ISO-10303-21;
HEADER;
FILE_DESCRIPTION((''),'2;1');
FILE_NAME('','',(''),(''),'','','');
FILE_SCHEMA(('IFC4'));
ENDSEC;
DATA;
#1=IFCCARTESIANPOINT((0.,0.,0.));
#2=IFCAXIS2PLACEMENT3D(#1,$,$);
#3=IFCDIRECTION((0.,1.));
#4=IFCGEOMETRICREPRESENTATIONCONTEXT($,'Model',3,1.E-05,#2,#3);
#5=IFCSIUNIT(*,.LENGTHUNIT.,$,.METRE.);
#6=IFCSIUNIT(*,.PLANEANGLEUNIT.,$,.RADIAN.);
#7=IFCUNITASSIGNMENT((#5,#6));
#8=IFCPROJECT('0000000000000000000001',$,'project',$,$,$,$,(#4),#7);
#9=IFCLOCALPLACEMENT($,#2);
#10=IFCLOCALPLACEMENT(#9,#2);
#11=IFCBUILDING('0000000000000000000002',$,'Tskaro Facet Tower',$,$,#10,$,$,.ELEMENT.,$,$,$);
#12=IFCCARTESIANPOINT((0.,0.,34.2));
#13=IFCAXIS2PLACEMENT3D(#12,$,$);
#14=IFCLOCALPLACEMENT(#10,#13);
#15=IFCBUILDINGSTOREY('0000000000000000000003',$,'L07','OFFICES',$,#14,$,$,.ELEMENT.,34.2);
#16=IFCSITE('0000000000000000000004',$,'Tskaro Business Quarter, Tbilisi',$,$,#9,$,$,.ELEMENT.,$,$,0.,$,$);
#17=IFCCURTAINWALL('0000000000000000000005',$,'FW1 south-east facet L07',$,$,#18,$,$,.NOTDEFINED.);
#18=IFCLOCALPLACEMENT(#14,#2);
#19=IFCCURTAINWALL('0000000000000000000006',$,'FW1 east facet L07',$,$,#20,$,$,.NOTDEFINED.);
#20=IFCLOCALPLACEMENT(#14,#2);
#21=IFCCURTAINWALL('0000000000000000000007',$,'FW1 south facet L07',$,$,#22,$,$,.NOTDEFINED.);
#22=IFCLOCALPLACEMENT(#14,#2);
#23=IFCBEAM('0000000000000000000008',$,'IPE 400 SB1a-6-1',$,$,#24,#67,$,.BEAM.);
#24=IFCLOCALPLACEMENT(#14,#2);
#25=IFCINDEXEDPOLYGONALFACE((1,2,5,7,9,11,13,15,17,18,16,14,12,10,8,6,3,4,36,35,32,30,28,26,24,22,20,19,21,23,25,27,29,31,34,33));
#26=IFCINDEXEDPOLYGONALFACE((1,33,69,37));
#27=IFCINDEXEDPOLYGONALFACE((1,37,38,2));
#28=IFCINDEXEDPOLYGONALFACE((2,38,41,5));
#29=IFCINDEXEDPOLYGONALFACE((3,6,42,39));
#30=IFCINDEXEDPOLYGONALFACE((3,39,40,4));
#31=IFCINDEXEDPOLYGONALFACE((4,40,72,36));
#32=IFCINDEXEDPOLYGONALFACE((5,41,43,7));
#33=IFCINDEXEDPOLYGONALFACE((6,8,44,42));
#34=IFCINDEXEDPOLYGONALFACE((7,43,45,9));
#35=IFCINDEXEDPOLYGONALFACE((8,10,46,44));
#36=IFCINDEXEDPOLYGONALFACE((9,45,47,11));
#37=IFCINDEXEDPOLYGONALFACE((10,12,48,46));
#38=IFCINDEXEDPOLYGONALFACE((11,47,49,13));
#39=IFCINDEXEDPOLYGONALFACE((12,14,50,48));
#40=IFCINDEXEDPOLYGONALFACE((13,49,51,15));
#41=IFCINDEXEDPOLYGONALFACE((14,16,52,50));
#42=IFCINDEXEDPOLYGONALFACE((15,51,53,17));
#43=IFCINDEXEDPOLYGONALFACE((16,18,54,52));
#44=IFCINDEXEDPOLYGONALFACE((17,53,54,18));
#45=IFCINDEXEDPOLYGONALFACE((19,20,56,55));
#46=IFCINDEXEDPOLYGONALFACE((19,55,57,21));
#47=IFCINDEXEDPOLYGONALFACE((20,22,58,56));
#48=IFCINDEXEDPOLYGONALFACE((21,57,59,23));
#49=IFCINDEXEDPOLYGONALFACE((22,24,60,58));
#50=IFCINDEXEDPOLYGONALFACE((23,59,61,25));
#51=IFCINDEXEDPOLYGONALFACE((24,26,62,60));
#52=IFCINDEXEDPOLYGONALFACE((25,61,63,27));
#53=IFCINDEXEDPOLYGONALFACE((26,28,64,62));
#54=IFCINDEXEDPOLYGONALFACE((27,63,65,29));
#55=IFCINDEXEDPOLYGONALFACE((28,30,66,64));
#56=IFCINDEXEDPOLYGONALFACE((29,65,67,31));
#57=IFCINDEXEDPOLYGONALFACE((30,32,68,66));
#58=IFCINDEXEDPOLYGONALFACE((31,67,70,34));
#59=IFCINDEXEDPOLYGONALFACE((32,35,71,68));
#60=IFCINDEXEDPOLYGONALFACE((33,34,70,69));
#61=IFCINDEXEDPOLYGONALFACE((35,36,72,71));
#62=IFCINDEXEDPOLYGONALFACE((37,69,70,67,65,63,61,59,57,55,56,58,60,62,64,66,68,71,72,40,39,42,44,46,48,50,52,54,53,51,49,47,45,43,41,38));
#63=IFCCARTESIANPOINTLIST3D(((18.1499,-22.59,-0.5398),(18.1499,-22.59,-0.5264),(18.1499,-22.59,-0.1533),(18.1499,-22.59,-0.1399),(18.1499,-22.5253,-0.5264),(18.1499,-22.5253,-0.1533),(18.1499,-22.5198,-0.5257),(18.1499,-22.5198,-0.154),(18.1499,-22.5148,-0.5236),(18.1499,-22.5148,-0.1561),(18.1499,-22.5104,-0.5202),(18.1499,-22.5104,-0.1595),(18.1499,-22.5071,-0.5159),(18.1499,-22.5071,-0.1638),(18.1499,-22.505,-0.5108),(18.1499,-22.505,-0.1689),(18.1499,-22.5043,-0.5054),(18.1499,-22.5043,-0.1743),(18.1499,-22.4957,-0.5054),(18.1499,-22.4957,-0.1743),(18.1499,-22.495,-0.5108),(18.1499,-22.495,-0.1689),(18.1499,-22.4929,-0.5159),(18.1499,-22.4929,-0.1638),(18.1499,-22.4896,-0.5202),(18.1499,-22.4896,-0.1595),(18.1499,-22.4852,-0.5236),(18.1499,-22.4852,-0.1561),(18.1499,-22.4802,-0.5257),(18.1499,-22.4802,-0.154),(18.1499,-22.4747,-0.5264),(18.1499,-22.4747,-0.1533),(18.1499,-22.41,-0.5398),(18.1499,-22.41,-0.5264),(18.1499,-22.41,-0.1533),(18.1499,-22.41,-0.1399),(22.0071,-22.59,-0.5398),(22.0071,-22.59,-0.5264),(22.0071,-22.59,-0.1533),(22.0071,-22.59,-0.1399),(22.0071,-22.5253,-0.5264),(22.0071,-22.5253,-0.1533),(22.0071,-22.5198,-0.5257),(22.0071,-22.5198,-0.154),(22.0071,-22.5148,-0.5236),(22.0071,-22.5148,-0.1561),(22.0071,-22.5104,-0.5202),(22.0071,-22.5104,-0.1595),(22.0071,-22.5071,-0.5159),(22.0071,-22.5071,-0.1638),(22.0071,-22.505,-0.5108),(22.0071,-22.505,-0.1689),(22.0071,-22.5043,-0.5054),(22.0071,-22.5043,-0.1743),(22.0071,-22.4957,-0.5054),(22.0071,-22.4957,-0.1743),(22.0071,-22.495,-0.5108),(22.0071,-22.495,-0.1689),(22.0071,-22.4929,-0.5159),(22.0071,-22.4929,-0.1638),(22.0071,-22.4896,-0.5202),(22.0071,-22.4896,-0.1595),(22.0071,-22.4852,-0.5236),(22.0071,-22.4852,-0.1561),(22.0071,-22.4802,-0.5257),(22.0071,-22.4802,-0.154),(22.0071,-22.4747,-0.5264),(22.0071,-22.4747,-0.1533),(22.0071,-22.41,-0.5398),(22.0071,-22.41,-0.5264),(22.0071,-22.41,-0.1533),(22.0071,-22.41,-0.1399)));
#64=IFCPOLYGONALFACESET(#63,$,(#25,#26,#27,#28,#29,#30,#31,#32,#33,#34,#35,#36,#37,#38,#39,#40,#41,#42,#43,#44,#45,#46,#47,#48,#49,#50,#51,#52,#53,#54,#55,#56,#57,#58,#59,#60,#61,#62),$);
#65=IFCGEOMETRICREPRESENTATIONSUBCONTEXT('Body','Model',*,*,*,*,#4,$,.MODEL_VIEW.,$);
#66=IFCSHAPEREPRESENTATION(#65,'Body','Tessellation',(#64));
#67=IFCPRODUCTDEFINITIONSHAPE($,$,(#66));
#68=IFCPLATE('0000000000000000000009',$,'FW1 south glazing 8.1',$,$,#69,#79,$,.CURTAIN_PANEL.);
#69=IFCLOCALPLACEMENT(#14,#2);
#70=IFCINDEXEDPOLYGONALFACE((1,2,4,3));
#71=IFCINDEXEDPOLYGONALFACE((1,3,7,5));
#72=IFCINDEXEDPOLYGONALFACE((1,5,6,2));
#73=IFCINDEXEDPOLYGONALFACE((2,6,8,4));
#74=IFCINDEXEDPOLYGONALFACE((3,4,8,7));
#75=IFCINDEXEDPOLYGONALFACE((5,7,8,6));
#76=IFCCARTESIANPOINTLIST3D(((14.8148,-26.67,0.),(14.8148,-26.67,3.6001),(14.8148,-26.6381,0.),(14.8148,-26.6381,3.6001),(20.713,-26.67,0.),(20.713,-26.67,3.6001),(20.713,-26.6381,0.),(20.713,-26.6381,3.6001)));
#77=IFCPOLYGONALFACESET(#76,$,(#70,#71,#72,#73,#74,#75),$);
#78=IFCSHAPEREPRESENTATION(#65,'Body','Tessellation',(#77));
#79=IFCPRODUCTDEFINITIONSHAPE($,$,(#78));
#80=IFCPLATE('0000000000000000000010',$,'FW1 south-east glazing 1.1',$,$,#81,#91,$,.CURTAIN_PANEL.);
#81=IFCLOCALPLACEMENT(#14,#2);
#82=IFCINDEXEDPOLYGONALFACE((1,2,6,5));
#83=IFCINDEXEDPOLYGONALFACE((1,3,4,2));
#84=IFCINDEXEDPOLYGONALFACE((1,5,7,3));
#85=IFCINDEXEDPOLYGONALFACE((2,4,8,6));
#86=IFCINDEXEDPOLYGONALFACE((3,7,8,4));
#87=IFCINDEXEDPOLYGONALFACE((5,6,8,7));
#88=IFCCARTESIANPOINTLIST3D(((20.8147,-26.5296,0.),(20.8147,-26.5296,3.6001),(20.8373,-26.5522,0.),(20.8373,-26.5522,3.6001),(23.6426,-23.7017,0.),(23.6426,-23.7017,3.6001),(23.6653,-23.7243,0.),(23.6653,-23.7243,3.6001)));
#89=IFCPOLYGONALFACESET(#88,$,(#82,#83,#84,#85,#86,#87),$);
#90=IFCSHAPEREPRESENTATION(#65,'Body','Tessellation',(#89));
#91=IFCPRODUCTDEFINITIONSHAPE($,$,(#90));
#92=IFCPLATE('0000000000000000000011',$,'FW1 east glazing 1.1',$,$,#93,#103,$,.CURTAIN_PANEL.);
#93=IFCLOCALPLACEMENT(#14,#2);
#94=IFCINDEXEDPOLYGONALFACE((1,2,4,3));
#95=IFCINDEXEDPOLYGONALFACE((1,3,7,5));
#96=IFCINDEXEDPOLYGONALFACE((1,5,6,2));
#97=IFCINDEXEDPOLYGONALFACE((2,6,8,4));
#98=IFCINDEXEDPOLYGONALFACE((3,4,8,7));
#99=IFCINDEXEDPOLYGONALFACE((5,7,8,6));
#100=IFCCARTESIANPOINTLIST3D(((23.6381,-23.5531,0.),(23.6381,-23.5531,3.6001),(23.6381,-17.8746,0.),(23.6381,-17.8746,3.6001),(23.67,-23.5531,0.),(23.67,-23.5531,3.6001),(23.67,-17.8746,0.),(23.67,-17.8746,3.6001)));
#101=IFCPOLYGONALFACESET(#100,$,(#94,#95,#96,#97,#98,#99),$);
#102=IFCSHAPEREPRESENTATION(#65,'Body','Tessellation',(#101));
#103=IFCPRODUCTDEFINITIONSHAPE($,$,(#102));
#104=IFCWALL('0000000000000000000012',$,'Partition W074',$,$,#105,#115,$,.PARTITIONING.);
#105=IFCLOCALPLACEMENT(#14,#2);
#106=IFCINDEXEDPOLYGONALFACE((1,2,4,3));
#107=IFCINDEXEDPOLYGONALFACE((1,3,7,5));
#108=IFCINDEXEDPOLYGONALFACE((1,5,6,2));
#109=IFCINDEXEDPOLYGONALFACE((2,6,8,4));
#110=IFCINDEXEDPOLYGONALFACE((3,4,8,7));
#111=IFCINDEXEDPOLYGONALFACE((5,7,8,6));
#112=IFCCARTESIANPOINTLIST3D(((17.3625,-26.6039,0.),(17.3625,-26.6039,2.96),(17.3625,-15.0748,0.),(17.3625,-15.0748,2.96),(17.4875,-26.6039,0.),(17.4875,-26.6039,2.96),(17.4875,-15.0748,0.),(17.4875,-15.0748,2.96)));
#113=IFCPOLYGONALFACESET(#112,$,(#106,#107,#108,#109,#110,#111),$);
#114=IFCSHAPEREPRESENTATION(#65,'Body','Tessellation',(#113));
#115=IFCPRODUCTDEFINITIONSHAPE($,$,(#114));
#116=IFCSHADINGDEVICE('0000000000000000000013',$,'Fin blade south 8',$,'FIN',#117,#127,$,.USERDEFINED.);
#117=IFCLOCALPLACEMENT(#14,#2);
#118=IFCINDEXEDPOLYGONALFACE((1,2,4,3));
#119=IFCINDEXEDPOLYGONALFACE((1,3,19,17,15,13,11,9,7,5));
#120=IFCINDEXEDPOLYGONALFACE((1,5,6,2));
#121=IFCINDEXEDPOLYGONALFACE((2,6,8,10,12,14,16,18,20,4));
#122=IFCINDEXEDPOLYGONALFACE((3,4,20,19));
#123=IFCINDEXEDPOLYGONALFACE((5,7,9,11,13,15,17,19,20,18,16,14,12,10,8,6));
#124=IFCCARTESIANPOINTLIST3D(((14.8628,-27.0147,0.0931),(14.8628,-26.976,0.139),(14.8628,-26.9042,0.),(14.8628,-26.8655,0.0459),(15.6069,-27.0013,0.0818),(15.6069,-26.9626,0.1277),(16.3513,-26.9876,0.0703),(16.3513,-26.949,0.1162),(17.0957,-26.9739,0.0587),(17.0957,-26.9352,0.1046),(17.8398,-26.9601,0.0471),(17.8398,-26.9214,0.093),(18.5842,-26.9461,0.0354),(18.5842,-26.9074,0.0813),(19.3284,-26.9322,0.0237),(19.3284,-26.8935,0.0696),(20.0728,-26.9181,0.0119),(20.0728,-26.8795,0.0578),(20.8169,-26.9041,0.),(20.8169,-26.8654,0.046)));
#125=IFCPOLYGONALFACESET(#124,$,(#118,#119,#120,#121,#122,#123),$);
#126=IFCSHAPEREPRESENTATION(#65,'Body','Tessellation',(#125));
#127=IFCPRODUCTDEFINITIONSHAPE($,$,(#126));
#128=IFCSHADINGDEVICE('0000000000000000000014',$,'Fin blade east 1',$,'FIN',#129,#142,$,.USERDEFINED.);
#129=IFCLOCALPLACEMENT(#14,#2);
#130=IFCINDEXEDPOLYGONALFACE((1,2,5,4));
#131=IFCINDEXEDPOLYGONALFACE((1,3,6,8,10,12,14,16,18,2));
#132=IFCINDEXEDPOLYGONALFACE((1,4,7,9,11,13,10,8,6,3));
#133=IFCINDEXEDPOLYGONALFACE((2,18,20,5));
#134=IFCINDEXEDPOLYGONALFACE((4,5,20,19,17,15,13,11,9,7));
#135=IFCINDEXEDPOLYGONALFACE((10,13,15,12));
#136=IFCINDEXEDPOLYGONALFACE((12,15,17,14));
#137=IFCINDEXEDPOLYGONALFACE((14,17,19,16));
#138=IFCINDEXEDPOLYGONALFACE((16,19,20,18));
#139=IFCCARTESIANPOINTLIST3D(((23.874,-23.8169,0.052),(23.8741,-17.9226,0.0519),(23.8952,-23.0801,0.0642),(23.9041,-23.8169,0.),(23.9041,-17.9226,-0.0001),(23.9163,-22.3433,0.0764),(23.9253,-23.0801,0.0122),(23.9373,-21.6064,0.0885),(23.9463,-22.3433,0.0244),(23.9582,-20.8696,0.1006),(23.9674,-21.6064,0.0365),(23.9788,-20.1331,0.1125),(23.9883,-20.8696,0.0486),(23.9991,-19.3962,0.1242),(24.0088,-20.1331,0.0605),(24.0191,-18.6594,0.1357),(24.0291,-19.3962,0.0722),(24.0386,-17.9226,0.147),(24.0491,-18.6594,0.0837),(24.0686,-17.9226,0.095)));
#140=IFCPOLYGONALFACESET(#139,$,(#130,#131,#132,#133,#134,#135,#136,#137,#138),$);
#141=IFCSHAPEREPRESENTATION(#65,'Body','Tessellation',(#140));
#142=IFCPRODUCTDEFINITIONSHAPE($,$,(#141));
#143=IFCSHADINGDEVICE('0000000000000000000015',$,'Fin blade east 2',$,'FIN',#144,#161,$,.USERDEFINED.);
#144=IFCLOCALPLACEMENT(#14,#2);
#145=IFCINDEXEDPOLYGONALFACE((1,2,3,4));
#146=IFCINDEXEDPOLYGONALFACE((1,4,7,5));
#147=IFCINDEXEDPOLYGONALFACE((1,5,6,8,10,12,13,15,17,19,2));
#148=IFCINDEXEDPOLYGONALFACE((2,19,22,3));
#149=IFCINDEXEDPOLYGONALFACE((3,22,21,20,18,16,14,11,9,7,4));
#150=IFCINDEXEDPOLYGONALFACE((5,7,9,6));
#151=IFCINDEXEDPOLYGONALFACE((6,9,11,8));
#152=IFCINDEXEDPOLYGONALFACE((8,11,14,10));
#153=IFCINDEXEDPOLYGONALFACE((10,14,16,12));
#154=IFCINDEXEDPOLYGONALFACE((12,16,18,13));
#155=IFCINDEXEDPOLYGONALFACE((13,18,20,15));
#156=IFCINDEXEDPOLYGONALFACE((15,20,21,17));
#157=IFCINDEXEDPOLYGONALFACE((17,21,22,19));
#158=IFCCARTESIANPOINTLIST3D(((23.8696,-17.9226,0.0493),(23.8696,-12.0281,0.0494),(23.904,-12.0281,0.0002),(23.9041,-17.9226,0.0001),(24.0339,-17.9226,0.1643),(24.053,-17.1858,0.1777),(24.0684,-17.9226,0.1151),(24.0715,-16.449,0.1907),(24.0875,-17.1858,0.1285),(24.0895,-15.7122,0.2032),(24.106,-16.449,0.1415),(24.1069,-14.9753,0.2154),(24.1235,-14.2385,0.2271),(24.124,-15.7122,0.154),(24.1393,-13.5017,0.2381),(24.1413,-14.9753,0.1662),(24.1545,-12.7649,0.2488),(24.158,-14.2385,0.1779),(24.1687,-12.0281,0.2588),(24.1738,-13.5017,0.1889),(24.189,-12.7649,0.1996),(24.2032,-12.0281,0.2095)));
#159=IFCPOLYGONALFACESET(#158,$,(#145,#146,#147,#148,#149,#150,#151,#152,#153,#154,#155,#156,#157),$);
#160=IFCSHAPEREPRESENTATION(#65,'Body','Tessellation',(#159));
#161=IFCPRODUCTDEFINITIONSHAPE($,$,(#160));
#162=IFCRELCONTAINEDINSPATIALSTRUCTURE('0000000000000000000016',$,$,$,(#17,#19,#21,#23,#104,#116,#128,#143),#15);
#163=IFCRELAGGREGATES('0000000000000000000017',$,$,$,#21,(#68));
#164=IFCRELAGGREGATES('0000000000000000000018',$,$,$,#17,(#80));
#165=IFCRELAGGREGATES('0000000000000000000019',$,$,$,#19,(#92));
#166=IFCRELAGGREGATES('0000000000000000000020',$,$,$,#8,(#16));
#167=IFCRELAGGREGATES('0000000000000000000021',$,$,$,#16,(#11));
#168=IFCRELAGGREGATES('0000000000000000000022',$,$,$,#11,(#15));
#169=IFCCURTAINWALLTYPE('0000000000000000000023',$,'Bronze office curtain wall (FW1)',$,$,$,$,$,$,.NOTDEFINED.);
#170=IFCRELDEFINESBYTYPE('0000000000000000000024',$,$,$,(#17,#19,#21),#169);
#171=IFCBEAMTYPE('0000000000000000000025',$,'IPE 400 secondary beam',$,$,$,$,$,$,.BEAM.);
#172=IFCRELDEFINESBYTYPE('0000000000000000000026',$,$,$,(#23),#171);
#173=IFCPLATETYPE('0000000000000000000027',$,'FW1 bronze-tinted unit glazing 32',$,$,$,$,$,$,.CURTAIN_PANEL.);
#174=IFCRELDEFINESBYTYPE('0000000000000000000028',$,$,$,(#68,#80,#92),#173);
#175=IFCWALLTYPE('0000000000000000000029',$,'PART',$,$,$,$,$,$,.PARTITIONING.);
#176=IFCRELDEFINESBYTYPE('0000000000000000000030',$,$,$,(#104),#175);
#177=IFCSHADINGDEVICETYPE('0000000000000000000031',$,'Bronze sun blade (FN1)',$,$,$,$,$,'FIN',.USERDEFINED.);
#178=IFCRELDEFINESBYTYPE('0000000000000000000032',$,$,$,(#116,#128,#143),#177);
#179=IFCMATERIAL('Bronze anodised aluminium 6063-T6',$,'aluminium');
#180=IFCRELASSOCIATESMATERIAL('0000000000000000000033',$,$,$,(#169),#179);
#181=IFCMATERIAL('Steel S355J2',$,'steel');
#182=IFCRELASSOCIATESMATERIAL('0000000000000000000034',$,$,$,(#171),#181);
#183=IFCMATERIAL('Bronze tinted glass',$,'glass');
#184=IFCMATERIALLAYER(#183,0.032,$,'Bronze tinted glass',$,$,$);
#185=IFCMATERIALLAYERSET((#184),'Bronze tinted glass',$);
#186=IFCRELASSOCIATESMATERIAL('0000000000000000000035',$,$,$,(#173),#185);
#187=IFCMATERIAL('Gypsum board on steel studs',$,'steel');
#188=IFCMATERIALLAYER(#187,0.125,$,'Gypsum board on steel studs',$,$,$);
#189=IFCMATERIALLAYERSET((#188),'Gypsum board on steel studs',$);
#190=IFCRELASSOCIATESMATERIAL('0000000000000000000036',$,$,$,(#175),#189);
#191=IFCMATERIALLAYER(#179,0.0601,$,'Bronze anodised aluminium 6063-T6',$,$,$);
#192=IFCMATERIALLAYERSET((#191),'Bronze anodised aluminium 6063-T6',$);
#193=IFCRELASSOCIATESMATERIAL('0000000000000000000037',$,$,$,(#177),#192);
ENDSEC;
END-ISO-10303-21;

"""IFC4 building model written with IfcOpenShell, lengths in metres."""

from ifc_helpers import new_model, si_unit, direction, frame, frame_2d, origin, origin_2d, place, context, subcontext, project, spatial, polyline, rectangle, i_section, outline, extrude, material, layer, layer_set, material_profile, profile_set, type_object, element, aggregate, save


model = new_model("IFC4")

# Units and contexts
model_context = context("Model", 3, precision=1e-05, world=origin(), true_north=direction((0.0, 1.0)))
body_context = subcontext(model_context, "Body", "Model", "MODEL_VIEW")
ifc_project = project(units=[si_unit("LENGTHUNIT", "METRE"), si_unit("PLANEANGLEUNIT", "RADIAN")], contexts=[model_context])

# Site, building, storey
site_placement = place(None, origin())
site = spatial("IfcSite", under=ifc_project, at=site_placement, Name="Tskaro Business Quarter, Tbilisi", CompositionType="ELEMENT", RefElevation=0.0)
building_placement = place(site_placement, origin())
building = spatial("IfcBuilding", under=site, at=building_placement, Name="Tskaro Facet Tower", CompositionType="ELEMENT")
storey_placement = place(building_placement, frame((0.0, 0.0, 34.2)))
storey = spatial("IfcBuildingStorey", under=building, at=storey_placement, Name="L07", Description="OFFICES", CompositionType="ELEMENT", Elevation=34.2)

# Curtain walls
ifc_material_1 = material(Name="Bronze anodised aluminium 6063-T6", Category="aluminium")
curtain_wall_type = type_object("IfcCurtainWallType", Name="Bronze office curtain wall (FW1)", PredefinedType="NOTDEFINED", material=ifc_material_1)
curtain_wall_1_placement = place(storey_placement, origin())
curtain_wall_1 = element("IfcCurtainWall", 1, at=curtain_wall_1_placement, inside=storey, type_object=curtain_wall_type, Name="FW1 south-east facet L07", PredefinedType="NOTDEFINED")
curtain_wall_2_placement = place(storey_placement, origin())
curtain_wall_2 = element("IfcCurtainWall", 2, at=curtain_wall_2_placement, inside=storey, type_object=curtain_wall_type, Name="FW1 east facet L07", PredefinedType="NOTDEFINED")
curtain_wall_3_placement = place(storey_placement, origin())
curtain_wall_3 = element("IfcCurtainWall", 3, at=curtain_wall_3_placement, inside=storey, type_object=curtain_wall_type, Name="FW1 south facet L07", PredefinedType="NOTDEFINED")

# Beam
ifc_material_2 = material(Name="Steel S355J2", Category="steel")
ifc_material_profile_1 = material_profile(ifc_material_2, i_section(OverallWidth=0.1799, OverallDepth=0.3999, WebThickness=0.0085, FlangeThickness=0.0134, FilletRadius=0.021, at=origin_2d()), Name="IPE 400")
ifc_profile_set_1 = profile_set([ifc_material_profile_1], Name="Steel S355J2")
beam_type_1 = type_object("IfcBeamType", Name="IPE 400 secondary beam", PredefinedType="BEAM", material=ifc_profile_set_1)
beam_1_placement = place(storey_placement, frame((18.1499, -22.5, -0.3398), z_axis=(1.0, 0.0, 0.0), x_axis=(0.0, 1.0, 0.0)))
element("IfcBeam", 4, at=beam_1_placement, inside=storey, type_object=beam_type_1, Name="IPE 400 SB1a-6-1", PredefinedType="BEAM", context=body_context, shape_type="SweptSolid", body=[
    extrude(i_section(OverallWidth=0.1799, OverallDepth=0.3999, WebThickness=0.0085, FlangeThickness=0.0134, FilletRadius=0.021, at=origin_2d()), origin(), (0.0, 0.0, 1.0), 3.8572),
])

# Plates
ifc_material_3 = material(Name="Bronze tinted glass", Category="glass")
ifc_layer_1 = layer(ifc_material_3, 0.032, Name="Bronze tinted glass")
ifc_layer_set_1 = layer_set([ifc_layer_1], Name="Bronze tinted glass")
plate_type = type_object("IfcPlateType", Name="FW1 bronze-tinted unit glazing 32", PredefinedType="CURTAIN_PANEL", material=ifc_layer_set_1)
plate_1_placement = place(storey_placement, frame((17.7639, -26.6541, 0.0), z_axis=(0.0, 0.0, 1.0), x_axis=(1.0, 0.0, 0.0)))
plate_1 = element("IfcPlate", 5, at=plate_1_placement, type_object=plate_type, Name="FW1 south glazing 8.1", PredefinedType="CURTAIN_PANEL", context=body_context, shape_type="SweptSolid", body=[
    extrude(rectangle(XDim=5.8982, YDim=0.032, at=origin_2d()), origin(), (0.0, 0.0, 1.0), 3.6001),
])
aggregate(curtain_wall_3, [plate_1])
plate_2_placement = place(storey_placement, frame((22.24, -25.127, 0.0), z_axis=(0.0, 0.0, 1.0), x_axis=(0.707107, 0.707107, 0.0)))
plate_2 = element("IfcPlate", 6, at=plate_2_placement, type_object=plate_type, Name="FW1 south-east glazing 1.1", PredefinedType="CURTAIN_PANEL", context=body_context, shape_type="SweptSolid", body=[
    extrude(rectangle(XDim=3.9993, YDim=0.032, at=origin_2d()), origin(), (0.0, 0.0, 1.0), 3.6001),
])
aggregate(curtain_wall_1, [plate_2])
plate_3_placement = place(storey_placement, frame((23.6541, -20.7139, 0.0), z_axis=(0.0, 0.0, 1.0), x_axis=(0.0, 1.0, 0.0)))
plate_3 = element("IfcPlate", 7, at=plate_3_placement, type_object=plate_type, Name="FW1 east glazing 1.1", PredefinedType="CURTAIN_PANEL", context=body_context, shape_type="SweptSolid", body=[
    extrude(rectangle(XDim=5.6785, YDim=0.032, at=origin_2d()), origin(), (0.0, 0.0, 1.0), 3.6001),
])
aggregate(curtain_wall_2, [plate_3])

# Wall
ifc_material_4 = material(Name="Gypsum board on steel studs", Category="steel")
ifc_layer_2 = layer(ifc_material_4, 0.125, Name="Gypsum board on steel studs")
ifc_layer_set_2 = layer_set([ifc_layer_2], Name="Gypsum board on steel studs")
wall_type = type_object("IfcWallType", Name="PART", PredefinedType="PARTITIONING", material=ifc_layer_set_2)
wall_placement = place(storey_placement, frame((17.425, -26.604, 0.0), z_axis=(0.0, 0.0, 1.0), x_axis=(0.0, 1.0, 0.0)))
element("IfcWall", 8, at=wall_placement, inside=storey, type_object=wall_type, Name="Partition W074", PredefinedType="PARTITIONING", context=body_context, shape_type="SweptSolid", body=[
    extrude(rectangle(XDim=11.5291, YDim=0.125, at=frame_2d((5.7646, 0.0))), origin(), (0.0, 0.0, 1.0), 2.96),
])

# Shading devices
ifc_layer_3 = layer(ifc_material_1, 0.0601, Name="Bronze anodised aluminium 6063-T6")
ifc_layer_set_3 = layer_set([ifc_layer_3], Name="Bronze anodised aluminium 6063-T6")
shading_device_type = type_object("IfcShadingDeviceType", Name="Bronze sun blade (FN1)", ElementType="FIN", PredefinedType="USERDEFINED", material=ifc_layer_set_3)
shading_device_1_placement = place(storey_placement, frame((14.8628, -26.8655, 0.0459), z_axis=(-0.000017, 0.644194, 0.764862), x_axis=(1.0, 0.000011, 0.000013)))
element("IfcShadingDevice", 9, at=shading_device_1_placement, inside=storey, type_object=shading_device_type, Name="Fin blade south 8", ObjectType="FIN", PredefinedType="USERDEFINED", context=body_context, shape_type="SweptSolid", body=[
    extrude(outline(polyline([(0.0, 0.0), (5.9541, 0.0), (5.21, -0.0184), (4.4656, -0.0367), (3.7214, -0.0549), (2.9771, -0.0731), (2.2329, -0.0912), (1.4885, -0.1092), (0.7441, -0.127), (0.0, -0.1445), (0.0, 0.0)])), origin(), (0.0, 0.0, -1.0), 0.0601),
])
shading_device_2_placement = place(storey_placement, frame((23.874, -23.8169, 0.052), z_axis=(-0.500206, 0.000012, 0.865906), x_axis=(0.000006, 1.0, -0.000011)))
element("IfcShadingDevice", 10, at=shading_device_2_placement, inside=storey, type_object=shading_device_type, Name="Fin blade east 1", ObjectType="FIN", PredefinedType="USERDEFINED", context=body_context, shape_type="SweptSolid", body=[
    extrude(outline(polyline([(0.0, 0.0), (5.8943, 0.0), (5.8943, -0.19), (5.1575, -0.1675), (4.4207, -0.1444), (3.6838, -0.121), (2.9473, -0.0972), (2.2104, -0.0731), (1.4736, -0.0488), (0.7368, -0.0245), (0.0, 0.0)])), origin(), (0.0, 0.0, -1.0), 0.0601),
])
shading_device_3_placement = place(storey_placement, frame((23.8696, -17.9226, 0.0493), z_axis=(-0.573398, -0.000014, 0.819277), x_axis=(-0.000008, 1.0, 0.000012)))
element("IfcShadingDevice", 11, at=shading_device_3_placement, inside=storey, type_object=shading_device_type, Name="Fin blade east 2", ObjectType="FIN", PredefinedType="USERDEFINED", context=body_context, shape_type="SweptSolid", body=[
    extrude(outline(polyline([(0.0, 0.0), (5.8945, 0.0), (5.8945, -0.3651), (5.1577, -0.3478), (4.4209, -0.3292), (3.6841, -0.3099), (2.9473, -0.2896), (2.2104, -0.2684), (1.4736, -0.2465), (0.7368, -0.2238), (0.0, -0.2005), (0.0, 0.0)])), origin(), (0.0, 0.0, -1.0), 0.0601),
])

save(model, "model.ifc")
